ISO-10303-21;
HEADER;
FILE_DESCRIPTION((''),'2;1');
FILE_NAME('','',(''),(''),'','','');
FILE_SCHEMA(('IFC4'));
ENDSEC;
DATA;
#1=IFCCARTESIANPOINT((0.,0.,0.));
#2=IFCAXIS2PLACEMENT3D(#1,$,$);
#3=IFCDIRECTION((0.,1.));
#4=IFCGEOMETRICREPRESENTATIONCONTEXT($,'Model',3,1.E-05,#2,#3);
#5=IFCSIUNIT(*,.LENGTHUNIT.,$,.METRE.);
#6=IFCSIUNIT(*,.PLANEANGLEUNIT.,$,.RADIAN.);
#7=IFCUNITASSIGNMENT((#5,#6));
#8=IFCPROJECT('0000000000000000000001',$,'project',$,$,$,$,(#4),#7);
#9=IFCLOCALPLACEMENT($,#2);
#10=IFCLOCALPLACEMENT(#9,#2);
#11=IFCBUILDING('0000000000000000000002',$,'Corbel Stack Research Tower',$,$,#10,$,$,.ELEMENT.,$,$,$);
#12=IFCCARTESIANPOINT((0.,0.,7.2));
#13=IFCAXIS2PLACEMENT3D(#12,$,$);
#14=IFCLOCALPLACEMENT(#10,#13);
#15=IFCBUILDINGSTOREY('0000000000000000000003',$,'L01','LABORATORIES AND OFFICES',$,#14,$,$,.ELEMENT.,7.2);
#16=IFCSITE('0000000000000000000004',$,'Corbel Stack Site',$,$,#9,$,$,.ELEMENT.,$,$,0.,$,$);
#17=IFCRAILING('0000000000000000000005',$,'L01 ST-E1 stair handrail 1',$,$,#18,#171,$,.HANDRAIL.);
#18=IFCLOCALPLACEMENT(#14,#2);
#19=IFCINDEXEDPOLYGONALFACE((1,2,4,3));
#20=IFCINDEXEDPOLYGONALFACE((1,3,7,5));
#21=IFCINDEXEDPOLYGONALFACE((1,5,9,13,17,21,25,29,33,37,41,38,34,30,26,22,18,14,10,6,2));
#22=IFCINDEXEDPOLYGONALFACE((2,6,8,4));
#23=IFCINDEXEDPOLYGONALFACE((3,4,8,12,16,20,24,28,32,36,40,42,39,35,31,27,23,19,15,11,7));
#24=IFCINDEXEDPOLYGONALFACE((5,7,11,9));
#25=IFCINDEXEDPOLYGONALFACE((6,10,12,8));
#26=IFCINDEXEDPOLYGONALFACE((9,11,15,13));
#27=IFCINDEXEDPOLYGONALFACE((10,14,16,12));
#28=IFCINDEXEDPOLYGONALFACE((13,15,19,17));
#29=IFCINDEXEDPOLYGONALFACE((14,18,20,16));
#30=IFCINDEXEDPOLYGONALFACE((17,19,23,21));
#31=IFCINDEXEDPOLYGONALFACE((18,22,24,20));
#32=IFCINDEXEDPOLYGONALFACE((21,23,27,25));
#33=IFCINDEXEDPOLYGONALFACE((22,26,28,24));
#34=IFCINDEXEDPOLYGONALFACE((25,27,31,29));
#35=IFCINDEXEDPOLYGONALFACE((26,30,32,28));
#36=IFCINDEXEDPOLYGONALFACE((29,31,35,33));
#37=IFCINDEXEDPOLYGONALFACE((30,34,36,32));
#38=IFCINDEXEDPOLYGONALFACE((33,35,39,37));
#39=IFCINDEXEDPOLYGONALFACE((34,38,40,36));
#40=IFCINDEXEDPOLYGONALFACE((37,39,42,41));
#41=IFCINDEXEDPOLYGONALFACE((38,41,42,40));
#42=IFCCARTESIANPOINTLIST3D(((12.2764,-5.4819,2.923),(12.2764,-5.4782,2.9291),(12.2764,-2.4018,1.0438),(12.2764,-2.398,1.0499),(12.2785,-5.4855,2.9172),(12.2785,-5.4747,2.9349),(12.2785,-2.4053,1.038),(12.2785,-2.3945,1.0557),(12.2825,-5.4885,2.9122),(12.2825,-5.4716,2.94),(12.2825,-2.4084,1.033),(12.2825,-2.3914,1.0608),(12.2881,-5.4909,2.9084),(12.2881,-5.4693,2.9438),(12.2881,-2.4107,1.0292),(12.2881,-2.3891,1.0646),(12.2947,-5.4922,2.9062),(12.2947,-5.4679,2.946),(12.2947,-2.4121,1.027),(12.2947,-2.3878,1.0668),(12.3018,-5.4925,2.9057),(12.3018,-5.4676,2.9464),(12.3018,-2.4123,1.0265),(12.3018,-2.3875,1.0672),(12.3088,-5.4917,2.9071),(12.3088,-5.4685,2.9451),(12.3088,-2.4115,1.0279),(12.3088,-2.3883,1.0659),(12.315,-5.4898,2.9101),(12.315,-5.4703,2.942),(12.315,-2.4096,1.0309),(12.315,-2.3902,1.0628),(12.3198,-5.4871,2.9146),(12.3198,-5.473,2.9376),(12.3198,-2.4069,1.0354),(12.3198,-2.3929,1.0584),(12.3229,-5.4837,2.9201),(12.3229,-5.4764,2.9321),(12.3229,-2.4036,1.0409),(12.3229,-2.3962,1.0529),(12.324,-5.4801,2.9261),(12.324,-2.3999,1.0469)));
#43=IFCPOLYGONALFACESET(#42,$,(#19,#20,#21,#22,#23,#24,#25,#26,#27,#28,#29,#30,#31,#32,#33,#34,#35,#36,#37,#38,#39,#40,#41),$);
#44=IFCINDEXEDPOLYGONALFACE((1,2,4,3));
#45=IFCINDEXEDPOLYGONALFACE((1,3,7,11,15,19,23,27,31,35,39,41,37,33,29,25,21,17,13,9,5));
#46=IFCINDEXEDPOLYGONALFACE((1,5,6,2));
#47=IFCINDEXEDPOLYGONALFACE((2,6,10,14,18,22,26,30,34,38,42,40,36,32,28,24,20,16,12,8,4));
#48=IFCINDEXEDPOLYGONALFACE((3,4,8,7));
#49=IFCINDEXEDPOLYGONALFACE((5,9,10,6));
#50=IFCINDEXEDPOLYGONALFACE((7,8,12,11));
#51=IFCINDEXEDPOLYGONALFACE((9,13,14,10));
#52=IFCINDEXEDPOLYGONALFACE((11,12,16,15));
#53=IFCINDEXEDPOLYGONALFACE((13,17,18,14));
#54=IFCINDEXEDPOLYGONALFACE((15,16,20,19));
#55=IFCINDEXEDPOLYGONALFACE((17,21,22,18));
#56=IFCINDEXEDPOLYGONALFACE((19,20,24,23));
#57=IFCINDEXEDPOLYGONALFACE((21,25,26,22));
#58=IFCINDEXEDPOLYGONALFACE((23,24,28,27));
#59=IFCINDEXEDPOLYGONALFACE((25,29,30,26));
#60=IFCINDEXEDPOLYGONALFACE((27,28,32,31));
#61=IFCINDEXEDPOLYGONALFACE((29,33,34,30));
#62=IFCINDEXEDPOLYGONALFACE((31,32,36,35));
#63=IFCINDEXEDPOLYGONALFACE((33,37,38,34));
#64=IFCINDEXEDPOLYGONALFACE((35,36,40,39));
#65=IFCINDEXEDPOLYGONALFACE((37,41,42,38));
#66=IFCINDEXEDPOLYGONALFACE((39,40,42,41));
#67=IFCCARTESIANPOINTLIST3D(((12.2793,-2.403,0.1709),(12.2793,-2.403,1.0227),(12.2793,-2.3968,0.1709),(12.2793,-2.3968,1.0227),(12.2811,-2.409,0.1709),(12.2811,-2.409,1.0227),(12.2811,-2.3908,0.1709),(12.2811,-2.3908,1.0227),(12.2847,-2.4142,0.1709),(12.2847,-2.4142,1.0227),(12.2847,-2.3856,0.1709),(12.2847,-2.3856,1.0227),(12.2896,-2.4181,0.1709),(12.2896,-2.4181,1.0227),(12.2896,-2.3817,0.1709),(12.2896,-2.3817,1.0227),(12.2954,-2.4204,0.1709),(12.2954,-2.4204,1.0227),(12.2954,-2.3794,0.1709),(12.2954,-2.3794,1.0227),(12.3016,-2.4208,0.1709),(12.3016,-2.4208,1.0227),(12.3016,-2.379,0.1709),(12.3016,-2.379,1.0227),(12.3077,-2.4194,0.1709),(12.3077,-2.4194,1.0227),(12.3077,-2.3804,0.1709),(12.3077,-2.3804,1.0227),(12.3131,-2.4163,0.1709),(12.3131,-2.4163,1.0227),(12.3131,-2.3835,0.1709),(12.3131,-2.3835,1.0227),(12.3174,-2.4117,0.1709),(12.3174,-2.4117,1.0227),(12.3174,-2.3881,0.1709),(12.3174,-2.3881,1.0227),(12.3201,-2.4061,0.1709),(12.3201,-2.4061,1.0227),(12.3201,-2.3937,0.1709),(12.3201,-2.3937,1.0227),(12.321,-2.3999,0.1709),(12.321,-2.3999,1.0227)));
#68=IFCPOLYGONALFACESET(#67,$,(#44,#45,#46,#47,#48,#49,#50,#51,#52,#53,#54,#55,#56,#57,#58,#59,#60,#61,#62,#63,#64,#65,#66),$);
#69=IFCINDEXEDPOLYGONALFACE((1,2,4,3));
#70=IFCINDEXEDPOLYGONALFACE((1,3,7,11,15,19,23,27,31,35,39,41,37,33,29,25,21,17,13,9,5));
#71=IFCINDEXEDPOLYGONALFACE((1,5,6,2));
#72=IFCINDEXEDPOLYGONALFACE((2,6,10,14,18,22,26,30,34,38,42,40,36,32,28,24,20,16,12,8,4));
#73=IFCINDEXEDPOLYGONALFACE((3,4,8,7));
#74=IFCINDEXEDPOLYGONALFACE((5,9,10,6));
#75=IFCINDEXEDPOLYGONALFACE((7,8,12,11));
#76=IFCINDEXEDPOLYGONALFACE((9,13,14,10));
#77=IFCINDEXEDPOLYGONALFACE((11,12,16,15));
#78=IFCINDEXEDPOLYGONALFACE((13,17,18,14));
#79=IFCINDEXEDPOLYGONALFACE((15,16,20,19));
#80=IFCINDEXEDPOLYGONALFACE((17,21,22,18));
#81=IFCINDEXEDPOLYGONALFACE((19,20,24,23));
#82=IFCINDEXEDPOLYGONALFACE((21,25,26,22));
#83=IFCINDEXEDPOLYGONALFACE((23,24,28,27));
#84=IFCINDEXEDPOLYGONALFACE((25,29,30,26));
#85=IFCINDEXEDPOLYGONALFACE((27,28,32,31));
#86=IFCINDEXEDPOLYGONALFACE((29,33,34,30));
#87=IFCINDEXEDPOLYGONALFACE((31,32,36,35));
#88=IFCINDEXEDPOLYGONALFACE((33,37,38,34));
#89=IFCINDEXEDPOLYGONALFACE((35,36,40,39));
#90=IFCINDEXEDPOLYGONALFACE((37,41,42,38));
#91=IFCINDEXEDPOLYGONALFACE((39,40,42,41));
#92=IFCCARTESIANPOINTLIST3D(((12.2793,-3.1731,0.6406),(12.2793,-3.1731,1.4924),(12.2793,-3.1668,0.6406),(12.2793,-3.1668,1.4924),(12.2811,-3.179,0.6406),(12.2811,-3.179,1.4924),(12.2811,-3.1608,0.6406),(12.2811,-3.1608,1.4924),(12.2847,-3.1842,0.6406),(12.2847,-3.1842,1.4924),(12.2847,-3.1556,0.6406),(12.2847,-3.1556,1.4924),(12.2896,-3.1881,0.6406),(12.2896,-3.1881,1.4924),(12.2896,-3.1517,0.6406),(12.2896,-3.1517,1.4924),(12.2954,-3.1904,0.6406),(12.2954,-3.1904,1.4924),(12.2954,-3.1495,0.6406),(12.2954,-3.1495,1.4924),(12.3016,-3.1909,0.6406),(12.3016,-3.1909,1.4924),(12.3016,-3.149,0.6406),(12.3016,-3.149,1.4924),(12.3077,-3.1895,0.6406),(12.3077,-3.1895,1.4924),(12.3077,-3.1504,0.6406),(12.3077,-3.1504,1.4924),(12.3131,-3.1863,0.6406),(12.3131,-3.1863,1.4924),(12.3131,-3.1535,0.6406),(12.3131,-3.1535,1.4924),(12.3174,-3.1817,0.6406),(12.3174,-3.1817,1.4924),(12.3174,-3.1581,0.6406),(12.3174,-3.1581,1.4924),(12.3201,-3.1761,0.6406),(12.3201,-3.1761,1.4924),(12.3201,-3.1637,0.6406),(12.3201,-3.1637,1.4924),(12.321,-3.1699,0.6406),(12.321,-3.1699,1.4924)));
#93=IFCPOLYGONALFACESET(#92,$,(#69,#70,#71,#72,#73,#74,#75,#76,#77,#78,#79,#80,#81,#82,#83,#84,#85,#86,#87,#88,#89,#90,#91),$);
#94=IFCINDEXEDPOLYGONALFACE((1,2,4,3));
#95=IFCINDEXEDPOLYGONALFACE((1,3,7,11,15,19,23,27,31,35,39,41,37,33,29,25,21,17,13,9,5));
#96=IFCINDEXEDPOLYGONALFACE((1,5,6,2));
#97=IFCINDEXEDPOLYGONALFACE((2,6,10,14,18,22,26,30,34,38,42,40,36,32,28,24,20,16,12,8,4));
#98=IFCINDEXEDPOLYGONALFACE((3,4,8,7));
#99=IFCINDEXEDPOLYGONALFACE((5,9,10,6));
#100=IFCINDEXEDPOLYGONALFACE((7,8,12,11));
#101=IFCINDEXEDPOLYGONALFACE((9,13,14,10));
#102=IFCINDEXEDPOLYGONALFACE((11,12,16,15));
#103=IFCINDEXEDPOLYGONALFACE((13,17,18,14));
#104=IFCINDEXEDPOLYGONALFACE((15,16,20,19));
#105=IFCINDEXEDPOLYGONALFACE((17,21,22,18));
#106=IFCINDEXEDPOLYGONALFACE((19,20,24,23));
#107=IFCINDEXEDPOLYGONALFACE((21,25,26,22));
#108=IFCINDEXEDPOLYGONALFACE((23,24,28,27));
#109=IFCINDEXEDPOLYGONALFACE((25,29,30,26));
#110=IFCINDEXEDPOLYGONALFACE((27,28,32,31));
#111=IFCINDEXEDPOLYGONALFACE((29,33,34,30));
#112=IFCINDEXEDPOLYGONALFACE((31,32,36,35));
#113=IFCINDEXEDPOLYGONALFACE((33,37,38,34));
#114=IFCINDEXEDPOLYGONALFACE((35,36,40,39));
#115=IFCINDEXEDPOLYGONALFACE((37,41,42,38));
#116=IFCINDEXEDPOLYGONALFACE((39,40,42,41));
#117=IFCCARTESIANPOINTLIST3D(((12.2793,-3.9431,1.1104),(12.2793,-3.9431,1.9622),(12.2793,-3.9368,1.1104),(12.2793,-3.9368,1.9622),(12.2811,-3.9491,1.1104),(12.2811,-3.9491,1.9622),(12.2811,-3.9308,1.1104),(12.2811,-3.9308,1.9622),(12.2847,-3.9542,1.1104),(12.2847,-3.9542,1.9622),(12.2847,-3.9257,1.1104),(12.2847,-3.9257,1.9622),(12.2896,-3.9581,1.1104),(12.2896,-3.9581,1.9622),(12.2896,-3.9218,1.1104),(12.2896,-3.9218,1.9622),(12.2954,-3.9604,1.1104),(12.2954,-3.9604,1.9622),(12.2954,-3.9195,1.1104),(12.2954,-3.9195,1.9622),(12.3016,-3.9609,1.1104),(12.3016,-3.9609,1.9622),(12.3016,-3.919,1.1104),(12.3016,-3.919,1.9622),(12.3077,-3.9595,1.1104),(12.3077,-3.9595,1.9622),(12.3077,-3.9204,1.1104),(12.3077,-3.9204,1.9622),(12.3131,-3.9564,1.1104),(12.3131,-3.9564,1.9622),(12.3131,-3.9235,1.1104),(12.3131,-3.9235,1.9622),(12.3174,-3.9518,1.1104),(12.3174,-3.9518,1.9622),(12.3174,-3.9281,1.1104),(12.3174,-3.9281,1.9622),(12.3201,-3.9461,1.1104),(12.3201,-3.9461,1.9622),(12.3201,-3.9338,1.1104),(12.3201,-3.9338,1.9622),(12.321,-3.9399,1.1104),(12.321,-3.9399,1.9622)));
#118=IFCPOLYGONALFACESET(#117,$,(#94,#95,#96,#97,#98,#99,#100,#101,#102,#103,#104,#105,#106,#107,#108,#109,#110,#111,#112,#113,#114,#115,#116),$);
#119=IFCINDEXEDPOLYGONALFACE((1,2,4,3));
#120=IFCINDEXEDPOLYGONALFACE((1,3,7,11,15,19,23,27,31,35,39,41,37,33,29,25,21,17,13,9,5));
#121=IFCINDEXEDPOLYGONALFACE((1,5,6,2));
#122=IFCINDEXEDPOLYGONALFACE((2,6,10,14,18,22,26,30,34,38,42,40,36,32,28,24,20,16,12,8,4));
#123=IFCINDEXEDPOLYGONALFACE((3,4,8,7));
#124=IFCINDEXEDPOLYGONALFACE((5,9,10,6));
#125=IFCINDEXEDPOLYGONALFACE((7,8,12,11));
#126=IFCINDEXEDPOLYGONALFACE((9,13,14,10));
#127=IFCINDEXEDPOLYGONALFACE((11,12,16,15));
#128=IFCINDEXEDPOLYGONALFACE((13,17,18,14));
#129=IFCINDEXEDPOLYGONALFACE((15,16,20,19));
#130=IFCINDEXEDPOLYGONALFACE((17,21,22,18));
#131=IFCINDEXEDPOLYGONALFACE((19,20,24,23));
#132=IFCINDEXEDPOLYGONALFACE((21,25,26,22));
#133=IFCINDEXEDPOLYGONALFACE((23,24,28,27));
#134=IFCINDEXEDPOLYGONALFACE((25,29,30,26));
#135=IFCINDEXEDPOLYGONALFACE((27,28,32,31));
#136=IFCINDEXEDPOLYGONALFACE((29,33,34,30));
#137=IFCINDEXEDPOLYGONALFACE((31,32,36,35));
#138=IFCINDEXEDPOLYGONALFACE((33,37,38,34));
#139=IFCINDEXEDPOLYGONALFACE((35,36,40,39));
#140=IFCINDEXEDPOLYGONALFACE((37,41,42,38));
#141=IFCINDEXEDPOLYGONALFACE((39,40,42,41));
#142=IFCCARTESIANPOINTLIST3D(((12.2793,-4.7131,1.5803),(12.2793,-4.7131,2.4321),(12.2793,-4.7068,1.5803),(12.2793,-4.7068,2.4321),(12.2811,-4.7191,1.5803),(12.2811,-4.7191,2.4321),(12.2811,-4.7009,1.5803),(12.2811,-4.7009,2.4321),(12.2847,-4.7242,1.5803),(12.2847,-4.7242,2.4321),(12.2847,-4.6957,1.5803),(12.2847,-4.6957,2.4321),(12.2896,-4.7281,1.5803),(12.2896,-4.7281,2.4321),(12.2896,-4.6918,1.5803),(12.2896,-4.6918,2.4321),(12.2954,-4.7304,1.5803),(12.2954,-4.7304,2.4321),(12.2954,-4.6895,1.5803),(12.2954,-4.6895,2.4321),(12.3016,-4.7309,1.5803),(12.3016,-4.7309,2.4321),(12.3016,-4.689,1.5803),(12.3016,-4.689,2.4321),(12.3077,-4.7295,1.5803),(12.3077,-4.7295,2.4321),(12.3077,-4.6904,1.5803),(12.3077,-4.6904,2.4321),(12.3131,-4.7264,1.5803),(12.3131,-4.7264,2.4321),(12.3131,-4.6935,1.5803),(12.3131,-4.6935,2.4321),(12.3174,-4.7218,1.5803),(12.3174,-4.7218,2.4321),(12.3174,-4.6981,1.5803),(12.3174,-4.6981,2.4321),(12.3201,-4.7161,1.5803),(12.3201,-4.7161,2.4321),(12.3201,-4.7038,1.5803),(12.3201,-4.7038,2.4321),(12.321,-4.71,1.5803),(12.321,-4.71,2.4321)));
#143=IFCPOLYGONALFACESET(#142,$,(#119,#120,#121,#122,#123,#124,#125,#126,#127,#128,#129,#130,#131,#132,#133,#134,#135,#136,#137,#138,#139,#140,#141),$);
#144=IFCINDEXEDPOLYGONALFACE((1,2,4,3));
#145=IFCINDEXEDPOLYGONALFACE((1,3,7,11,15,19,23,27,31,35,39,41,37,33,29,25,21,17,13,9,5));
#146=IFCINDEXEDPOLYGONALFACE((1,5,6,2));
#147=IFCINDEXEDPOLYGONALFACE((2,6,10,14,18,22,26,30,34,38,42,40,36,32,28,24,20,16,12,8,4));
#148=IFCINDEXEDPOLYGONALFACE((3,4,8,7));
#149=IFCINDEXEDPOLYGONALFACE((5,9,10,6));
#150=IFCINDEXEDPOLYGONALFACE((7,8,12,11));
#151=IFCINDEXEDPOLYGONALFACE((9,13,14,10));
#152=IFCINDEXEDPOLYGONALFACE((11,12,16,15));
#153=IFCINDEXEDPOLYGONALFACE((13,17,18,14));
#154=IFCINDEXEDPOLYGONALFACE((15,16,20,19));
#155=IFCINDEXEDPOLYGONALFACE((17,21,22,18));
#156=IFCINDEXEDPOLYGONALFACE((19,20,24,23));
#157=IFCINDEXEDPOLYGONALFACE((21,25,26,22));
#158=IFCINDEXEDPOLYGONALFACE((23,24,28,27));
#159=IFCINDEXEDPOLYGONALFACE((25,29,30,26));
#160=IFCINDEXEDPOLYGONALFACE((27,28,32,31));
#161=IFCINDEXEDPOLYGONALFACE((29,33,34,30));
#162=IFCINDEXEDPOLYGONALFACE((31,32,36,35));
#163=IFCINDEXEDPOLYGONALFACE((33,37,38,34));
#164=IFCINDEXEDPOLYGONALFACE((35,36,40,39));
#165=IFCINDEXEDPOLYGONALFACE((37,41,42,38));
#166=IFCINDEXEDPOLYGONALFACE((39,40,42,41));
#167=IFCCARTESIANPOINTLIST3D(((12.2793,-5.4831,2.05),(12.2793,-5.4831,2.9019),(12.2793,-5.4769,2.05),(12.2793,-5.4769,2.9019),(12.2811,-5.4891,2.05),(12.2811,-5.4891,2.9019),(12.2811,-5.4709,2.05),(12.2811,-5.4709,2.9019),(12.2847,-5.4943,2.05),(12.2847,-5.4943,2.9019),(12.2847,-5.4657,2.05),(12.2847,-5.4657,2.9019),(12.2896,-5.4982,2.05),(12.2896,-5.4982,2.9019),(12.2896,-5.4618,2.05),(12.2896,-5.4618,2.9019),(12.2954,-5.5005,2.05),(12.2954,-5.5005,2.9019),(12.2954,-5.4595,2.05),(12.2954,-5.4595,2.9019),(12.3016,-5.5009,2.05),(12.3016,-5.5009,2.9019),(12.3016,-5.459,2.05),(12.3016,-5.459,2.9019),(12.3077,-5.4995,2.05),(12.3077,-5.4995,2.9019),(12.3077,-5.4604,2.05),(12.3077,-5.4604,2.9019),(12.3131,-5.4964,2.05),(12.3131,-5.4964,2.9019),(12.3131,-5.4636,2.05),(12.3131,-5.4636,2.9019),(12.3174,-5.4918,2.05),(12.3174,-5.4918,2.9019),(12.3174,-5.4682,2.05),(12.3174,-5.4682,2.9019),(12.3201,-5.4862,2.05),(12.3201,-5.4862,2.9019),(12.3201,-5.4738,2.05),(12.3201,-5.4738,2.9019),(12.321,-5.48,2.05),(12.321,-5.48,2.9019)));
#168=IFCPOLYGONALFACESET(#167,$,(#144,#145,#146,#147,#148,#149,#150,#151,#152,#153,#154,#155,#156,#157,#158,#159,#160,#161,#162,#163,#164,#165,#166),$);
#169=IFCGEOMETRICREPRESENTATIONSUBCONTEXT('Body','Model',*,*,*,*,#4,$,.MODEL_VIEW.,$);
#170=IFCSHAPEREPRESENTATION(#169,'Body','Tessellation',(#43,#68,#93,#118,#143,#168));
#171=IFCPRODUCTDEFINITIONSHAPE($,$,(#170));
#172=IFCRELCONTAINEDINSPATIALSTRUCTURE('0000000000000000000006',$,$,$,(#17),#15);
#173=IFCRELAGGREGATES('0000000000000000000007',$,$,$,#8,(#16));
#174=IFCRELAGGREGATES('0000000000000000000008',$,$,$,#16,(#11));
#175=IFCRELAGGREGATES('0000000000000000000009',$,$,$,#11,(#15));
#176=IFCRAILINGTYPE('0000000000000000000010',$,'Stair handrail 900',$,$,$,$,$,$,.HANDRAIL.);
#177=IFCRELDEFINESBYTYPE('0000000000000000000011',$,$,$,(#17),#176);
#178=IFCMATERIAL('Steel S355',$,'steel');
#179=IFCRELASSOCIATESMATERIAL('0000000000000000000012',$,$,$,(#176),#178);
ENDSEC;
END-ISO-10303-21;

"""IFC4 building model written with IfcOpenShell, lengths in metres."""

from ifc_helpers import new_model, si_unit, direction, frame, origin, origin_2d, place, context, subcontext, project, spatial, circle, extrude, material, type_object, element, save


model = new_model("IFC4")

# Units and contexts
model_context = context("Model", 3, precision=1e-05, world=origin(), true_north=direction((0.0, 1.0)))
body_context = subcontext(model_context, "Body", "Model", "MODEL_VIEW")
ifc_project = project(units=[si_unit("LENGTHUNIT", "METRE"), si_unit("PLANEANGLEUNIT", "RADIAN")], contexts=[model_context])

# Site, building, storey
site_placement = place(None, origin())
site = spatial("IfcSite", under=ifc_project, at=site_placement, Name="Corbel Stack Site", CompositionType="ELEMENT", RefElevation=0.0)
building_placement = place(site_placement, origin())
building = spatial("IfcBuilding", under=site, at=building_placement, Name="Corbel Stack Research Tower", CompositionType="ELEMENT")
storey_placement = place(building_placement, frame((0.0, 0.0, 7.2)))
storey = spatial("IfcBuildingStorey", under=building, at=storey_placement, Name="L01", Description="LABORATORIES AND OFFICES", CompositionType="ELEMENT", Elevation=7.2)

# Railing
ifc_material_1 = material(Name="Steel S355", Category="steel")
railing_type_1 = type_object("IfcRailingType", Name="Stair handrail 900", PredefinedType="HANDRAIL", material=ifc_material_1)
railing_1_placement = place(storey_placement, frame((12.3, -2.3999, 0.1709)))
element("IfcRailing", 1, at=railing_1_placement, inside=storey, type_object=railing_type_1, Name="L01 ST-E1 stair handrail 1", PredefinedType="HANDRAIL", context=body_context, shape_type="SweptSolid", body=[
    extrude(circle(Radius=0.0239, at=origin_2d()), frame((0.0, 0.0, 0.876), z_axis=(0.0, -0.853666, 0.52082), x_axis=(1.0, 0.0, 0.0)), (0.0, 0.0, 1.0), 3.6082),
    extrude(circle(Radius=0.021, at=origin_2d()), origin(), (0.0, 0.0, 1.0), 0.8518),
    extrude(circle(Radius=0.021, at=origin_2d()), frame((0.0, -0.77, 0.4697)), (0.0, 0.0, 1.0), 0.8518),
    extrude(circle(Radius=0.021, at=origin_2d()), frame((0.0, -1.54, 0.9395)), (0.0, 0.0, 1.0), 0.8518),
    extrude(circle(Radius=0.021, at=origin_2d()), frame((0.0, -2.3101, 1.4094)), (0.0, 0.0, 1.0), 0.8518),
    extrude(circle(Radius=0.021, at=origin_2d()), frame((0.0, -3.0801, 1.8792)), (0.0, 0.0, 1.0), 0.8518),
])

save(model, "model.ifc")
